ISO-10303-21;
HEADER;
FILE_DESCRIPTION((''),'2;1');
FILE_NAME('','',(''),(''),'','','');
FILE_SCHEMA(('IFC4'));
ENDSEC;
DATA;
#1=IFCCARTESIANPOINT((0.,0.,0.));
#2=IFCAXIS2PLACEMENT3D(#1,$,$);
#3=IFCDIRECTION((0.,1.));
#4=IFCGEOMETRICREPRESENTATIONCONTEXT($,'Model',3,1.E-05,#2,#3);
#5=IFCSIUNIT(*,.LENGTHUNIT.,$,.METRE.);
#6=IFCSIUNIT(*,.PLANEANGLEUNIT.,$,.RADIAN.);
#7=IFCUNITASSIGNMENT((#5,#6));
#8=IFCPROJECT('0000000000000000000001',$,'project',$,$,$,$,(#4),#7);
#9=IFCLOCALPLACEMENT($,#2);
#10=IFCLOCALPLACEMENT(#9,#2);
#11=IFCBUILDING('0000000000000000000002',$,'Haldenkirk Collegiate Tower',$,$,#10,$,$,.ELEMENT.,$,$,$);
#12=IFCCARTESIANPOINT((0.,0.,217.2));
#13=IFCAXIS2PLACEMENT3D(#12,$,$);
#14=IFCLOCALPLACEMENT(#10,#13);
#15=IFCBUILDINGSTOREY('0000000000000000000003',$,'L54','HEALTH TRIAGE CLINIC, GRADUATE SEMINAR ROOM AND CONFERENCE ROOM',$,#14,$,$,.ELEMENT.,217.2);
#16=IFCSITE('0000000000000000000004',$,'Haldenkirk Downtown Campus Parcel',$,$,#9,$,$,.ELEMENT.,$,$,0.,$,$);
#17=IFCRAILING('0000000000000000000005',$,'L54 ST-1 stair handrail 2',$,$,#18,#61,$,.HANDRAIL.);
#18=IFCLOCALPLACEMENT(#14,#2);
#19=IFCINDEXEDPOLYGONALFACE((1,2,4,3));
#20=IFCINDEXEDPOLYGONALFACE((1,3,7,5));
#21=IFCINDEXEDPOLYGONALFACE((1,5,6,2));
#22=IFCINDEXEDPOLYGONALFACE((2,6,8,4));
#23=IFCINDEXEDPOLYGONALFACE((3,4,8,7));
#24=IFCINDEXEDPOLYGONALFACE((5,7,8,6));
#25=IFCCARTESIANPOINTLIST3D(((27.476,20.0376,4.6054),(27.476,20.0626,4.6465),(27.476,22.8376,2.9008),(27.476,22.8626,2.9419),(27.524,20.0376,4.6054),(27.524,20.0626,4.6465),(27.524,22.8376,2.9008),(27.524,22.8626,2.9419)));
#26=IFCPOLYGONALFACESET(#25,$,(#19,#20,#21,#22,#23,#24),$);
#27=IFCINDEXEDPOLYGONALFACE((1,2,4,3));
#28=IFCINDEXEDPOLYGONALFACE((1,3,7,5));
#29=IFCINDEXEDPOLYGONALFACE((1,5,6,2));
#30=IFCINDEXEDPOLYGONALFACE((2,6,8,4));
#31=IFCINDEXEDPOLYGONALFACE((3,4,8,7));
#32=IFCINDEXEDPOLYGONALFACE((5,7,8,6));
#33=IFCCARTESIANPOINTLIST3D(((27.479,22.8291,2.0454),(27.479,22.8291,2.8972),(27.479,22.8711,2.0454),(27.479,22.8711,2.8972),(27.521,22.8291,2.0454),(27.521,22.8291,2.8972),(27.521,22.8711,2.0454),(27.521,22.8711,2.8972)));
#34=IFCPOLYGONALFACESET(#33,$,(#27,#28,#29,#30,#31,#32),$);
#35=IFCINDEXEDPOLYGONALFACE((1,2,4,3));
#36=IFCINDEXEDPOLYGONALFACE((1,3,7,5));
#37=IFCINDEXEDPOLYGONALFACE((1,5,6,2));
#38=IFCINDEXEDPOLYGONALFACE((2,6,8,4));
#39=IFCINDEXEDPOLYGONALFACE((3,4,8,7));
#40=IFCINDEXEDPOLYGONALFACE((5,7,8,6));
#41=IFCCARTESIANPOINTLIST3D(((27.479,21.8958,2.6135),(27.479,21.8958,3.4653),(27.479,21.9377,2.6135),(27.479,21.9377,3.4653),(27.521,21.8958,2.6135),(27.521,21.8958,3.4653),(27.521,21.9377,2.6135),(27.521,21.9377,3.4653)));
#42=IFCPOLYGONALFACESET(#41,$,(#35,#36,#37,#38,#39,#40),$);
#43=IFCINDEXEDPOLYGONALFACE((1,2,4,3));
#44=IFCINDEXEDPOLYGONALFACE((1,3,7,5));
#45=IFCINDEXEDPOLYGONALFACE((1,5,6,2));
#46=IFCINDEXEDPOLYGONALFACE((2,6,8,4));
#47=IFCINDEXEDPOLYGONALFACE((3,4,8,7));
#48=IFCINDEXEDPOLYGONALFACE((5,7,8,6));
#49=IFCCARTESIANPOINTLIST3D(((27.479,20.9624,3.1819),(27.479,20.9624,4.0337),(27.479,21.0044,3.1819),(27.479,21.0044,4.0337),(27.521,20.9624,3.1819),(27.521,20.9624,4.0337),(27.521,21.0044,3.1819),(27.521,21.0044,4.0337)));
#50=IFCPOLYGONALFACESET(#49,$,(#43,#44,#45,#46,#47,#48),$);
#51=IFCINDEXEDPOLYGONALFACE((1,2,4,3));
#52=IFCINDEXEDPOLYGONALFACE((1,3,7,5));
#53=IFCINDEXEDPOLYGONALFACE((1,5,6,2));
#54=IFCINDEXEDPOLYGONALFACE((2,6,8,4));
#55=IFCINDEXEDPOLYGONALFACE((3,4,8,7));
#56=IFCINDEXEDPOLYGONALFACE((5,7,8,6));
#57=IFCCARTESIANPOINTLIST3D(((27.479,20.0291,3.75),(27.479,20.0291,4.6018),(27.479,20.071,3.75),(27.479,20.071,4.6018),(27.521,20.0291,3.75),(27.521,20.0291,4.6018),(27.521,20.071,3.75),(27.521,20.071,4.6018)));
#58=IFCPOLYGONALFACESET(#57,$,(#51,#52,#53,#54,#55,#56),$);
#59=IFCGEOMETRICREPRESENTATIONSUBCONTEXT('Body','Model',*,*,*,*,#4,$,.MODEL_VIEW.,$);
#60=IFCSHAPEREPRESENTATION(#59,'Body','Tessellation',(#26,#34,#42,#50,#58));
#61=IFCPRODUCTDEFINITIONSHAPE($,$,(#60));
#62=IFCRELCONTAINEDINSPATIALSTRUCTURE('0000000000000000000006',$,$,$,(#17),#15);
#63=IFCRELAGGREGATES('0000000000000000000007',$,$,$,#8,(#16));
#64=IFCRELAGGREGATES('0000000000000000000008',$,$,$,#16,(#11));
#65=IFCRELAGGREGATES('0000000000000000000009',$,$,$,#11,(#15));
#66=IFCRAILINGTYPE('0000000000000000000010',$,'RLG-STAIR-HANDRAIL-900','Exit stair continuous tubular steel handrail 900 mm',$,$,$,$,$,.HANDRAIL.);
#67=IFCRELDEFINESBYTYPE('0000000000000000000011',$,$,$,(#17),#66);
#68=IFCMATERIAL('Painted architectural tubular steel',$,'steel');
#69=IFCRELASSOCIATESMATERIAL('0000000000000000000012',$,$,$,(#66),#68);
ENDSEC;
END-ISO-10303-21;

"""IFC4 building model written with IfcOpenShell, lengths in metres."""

from ifc_helpers import new_model, si_unit, direction, frame, origin, origin_2d, place, context, subcontext, project, spatial, rectangle, extrude, material, type_object, element, save


model = new_model("IFC4")

# Units and contexts
model_context = context("Model", 3, precision=1e-05, world=origin(), true_north=direction((0.0, 1.0)))
body_context = subcontext(model_context, "Body", "Model", "MODEL_VIEW")
ifc_project = project(units=[si_unit("LENGTHUNIT", "METRE"), si_unit("PLANEANGLEUNIT", "RADIAN")], contexts=[model_context])

# Site, building, storey
site_placement = place(None, origin())
site = spatial("IfcSite", under=ifc_project, at=site_placement, Name="Haldenkirk Downtown Campus Parcel", CompositionType="ELEMENT", RefElevation=0.0)
building_placement = place(site_placement, origin())
building = spatial("IfcBuilding", under=site, at=building_placement, Name="Haldenkirk Collegiate Tower", CompositionType="ELEMENT")
storey_placement = place(building_placement, frame((0.0, 0.0, 217.2)))
storey = spatial("IfcBuildingStorey", under=building, at=storey_placement, Name="L54", Description="HEALTH TRIAGE CLINIC, GRADUATE SEMINAR ROOM AND CONFERENCE ROOM", CompositionType="ELEMENT", Elevation=217.2)

# Railing
ifc_material_1 = material(Name="Painted architectural tubular steel", Category="steel")
railing_type_1 = type_object("IfcRailingType", Name="RLG-STAIR-HANDRAIL-900", Description="Exit stair continuous tubular steel handrail 900 mm", PredefinedType="HANDRAIL", material=ifc_material_1)
railing_1_placement = place(storey_placement, frame((27.5, 22.8501, 2.0454)))
element("IfcRailing", 1, at=railing_1_placement, inside=storey, type_object=railing_type_1, Name="L54 ST-1 stair handrail 2", PredefinedType="HANDRAIL", context=body_context, shape_type="SweptSolid", body=[
    extrude(rectangle(XDim=0.0481, YDim=0.0481, at=origin_2d()), frame((0.0, 0.0, 0.876), z_axis=(0.0, -0.85417, 0.519994), x_axis=(1.0, 0.0, 0.0)), (0.0, 0.0, 1.0), 3.2781),
    extrude(rectangle(XDim=0.042, YDim=0.042, at=origin_2d()), origin(), (0.0, 0.0, 1.0), 0.8518),
    extrude(rectangle(XDim=0.042, YDim=0.042, at=origin_2d()), frame((0.0, -0.9333, 0.5681)), (0.0, 0.0, 1.0), 0.8518),
    extrude(rectangle(XDim=0.042, YDim=0.042, at=origin_2d()), frame((0.0, -1.8667, 1.1365)), (0.0, 0.0, 1.0), 0.8518),
    extrude(rectangle(XDim=0.042, YDim=0.042, at=origin_2d()), frame((0.0, -2.8, 1.7046)), (0.0, 0.0, 1.0), 0.8518),
])

save(model, "model.ifc")
